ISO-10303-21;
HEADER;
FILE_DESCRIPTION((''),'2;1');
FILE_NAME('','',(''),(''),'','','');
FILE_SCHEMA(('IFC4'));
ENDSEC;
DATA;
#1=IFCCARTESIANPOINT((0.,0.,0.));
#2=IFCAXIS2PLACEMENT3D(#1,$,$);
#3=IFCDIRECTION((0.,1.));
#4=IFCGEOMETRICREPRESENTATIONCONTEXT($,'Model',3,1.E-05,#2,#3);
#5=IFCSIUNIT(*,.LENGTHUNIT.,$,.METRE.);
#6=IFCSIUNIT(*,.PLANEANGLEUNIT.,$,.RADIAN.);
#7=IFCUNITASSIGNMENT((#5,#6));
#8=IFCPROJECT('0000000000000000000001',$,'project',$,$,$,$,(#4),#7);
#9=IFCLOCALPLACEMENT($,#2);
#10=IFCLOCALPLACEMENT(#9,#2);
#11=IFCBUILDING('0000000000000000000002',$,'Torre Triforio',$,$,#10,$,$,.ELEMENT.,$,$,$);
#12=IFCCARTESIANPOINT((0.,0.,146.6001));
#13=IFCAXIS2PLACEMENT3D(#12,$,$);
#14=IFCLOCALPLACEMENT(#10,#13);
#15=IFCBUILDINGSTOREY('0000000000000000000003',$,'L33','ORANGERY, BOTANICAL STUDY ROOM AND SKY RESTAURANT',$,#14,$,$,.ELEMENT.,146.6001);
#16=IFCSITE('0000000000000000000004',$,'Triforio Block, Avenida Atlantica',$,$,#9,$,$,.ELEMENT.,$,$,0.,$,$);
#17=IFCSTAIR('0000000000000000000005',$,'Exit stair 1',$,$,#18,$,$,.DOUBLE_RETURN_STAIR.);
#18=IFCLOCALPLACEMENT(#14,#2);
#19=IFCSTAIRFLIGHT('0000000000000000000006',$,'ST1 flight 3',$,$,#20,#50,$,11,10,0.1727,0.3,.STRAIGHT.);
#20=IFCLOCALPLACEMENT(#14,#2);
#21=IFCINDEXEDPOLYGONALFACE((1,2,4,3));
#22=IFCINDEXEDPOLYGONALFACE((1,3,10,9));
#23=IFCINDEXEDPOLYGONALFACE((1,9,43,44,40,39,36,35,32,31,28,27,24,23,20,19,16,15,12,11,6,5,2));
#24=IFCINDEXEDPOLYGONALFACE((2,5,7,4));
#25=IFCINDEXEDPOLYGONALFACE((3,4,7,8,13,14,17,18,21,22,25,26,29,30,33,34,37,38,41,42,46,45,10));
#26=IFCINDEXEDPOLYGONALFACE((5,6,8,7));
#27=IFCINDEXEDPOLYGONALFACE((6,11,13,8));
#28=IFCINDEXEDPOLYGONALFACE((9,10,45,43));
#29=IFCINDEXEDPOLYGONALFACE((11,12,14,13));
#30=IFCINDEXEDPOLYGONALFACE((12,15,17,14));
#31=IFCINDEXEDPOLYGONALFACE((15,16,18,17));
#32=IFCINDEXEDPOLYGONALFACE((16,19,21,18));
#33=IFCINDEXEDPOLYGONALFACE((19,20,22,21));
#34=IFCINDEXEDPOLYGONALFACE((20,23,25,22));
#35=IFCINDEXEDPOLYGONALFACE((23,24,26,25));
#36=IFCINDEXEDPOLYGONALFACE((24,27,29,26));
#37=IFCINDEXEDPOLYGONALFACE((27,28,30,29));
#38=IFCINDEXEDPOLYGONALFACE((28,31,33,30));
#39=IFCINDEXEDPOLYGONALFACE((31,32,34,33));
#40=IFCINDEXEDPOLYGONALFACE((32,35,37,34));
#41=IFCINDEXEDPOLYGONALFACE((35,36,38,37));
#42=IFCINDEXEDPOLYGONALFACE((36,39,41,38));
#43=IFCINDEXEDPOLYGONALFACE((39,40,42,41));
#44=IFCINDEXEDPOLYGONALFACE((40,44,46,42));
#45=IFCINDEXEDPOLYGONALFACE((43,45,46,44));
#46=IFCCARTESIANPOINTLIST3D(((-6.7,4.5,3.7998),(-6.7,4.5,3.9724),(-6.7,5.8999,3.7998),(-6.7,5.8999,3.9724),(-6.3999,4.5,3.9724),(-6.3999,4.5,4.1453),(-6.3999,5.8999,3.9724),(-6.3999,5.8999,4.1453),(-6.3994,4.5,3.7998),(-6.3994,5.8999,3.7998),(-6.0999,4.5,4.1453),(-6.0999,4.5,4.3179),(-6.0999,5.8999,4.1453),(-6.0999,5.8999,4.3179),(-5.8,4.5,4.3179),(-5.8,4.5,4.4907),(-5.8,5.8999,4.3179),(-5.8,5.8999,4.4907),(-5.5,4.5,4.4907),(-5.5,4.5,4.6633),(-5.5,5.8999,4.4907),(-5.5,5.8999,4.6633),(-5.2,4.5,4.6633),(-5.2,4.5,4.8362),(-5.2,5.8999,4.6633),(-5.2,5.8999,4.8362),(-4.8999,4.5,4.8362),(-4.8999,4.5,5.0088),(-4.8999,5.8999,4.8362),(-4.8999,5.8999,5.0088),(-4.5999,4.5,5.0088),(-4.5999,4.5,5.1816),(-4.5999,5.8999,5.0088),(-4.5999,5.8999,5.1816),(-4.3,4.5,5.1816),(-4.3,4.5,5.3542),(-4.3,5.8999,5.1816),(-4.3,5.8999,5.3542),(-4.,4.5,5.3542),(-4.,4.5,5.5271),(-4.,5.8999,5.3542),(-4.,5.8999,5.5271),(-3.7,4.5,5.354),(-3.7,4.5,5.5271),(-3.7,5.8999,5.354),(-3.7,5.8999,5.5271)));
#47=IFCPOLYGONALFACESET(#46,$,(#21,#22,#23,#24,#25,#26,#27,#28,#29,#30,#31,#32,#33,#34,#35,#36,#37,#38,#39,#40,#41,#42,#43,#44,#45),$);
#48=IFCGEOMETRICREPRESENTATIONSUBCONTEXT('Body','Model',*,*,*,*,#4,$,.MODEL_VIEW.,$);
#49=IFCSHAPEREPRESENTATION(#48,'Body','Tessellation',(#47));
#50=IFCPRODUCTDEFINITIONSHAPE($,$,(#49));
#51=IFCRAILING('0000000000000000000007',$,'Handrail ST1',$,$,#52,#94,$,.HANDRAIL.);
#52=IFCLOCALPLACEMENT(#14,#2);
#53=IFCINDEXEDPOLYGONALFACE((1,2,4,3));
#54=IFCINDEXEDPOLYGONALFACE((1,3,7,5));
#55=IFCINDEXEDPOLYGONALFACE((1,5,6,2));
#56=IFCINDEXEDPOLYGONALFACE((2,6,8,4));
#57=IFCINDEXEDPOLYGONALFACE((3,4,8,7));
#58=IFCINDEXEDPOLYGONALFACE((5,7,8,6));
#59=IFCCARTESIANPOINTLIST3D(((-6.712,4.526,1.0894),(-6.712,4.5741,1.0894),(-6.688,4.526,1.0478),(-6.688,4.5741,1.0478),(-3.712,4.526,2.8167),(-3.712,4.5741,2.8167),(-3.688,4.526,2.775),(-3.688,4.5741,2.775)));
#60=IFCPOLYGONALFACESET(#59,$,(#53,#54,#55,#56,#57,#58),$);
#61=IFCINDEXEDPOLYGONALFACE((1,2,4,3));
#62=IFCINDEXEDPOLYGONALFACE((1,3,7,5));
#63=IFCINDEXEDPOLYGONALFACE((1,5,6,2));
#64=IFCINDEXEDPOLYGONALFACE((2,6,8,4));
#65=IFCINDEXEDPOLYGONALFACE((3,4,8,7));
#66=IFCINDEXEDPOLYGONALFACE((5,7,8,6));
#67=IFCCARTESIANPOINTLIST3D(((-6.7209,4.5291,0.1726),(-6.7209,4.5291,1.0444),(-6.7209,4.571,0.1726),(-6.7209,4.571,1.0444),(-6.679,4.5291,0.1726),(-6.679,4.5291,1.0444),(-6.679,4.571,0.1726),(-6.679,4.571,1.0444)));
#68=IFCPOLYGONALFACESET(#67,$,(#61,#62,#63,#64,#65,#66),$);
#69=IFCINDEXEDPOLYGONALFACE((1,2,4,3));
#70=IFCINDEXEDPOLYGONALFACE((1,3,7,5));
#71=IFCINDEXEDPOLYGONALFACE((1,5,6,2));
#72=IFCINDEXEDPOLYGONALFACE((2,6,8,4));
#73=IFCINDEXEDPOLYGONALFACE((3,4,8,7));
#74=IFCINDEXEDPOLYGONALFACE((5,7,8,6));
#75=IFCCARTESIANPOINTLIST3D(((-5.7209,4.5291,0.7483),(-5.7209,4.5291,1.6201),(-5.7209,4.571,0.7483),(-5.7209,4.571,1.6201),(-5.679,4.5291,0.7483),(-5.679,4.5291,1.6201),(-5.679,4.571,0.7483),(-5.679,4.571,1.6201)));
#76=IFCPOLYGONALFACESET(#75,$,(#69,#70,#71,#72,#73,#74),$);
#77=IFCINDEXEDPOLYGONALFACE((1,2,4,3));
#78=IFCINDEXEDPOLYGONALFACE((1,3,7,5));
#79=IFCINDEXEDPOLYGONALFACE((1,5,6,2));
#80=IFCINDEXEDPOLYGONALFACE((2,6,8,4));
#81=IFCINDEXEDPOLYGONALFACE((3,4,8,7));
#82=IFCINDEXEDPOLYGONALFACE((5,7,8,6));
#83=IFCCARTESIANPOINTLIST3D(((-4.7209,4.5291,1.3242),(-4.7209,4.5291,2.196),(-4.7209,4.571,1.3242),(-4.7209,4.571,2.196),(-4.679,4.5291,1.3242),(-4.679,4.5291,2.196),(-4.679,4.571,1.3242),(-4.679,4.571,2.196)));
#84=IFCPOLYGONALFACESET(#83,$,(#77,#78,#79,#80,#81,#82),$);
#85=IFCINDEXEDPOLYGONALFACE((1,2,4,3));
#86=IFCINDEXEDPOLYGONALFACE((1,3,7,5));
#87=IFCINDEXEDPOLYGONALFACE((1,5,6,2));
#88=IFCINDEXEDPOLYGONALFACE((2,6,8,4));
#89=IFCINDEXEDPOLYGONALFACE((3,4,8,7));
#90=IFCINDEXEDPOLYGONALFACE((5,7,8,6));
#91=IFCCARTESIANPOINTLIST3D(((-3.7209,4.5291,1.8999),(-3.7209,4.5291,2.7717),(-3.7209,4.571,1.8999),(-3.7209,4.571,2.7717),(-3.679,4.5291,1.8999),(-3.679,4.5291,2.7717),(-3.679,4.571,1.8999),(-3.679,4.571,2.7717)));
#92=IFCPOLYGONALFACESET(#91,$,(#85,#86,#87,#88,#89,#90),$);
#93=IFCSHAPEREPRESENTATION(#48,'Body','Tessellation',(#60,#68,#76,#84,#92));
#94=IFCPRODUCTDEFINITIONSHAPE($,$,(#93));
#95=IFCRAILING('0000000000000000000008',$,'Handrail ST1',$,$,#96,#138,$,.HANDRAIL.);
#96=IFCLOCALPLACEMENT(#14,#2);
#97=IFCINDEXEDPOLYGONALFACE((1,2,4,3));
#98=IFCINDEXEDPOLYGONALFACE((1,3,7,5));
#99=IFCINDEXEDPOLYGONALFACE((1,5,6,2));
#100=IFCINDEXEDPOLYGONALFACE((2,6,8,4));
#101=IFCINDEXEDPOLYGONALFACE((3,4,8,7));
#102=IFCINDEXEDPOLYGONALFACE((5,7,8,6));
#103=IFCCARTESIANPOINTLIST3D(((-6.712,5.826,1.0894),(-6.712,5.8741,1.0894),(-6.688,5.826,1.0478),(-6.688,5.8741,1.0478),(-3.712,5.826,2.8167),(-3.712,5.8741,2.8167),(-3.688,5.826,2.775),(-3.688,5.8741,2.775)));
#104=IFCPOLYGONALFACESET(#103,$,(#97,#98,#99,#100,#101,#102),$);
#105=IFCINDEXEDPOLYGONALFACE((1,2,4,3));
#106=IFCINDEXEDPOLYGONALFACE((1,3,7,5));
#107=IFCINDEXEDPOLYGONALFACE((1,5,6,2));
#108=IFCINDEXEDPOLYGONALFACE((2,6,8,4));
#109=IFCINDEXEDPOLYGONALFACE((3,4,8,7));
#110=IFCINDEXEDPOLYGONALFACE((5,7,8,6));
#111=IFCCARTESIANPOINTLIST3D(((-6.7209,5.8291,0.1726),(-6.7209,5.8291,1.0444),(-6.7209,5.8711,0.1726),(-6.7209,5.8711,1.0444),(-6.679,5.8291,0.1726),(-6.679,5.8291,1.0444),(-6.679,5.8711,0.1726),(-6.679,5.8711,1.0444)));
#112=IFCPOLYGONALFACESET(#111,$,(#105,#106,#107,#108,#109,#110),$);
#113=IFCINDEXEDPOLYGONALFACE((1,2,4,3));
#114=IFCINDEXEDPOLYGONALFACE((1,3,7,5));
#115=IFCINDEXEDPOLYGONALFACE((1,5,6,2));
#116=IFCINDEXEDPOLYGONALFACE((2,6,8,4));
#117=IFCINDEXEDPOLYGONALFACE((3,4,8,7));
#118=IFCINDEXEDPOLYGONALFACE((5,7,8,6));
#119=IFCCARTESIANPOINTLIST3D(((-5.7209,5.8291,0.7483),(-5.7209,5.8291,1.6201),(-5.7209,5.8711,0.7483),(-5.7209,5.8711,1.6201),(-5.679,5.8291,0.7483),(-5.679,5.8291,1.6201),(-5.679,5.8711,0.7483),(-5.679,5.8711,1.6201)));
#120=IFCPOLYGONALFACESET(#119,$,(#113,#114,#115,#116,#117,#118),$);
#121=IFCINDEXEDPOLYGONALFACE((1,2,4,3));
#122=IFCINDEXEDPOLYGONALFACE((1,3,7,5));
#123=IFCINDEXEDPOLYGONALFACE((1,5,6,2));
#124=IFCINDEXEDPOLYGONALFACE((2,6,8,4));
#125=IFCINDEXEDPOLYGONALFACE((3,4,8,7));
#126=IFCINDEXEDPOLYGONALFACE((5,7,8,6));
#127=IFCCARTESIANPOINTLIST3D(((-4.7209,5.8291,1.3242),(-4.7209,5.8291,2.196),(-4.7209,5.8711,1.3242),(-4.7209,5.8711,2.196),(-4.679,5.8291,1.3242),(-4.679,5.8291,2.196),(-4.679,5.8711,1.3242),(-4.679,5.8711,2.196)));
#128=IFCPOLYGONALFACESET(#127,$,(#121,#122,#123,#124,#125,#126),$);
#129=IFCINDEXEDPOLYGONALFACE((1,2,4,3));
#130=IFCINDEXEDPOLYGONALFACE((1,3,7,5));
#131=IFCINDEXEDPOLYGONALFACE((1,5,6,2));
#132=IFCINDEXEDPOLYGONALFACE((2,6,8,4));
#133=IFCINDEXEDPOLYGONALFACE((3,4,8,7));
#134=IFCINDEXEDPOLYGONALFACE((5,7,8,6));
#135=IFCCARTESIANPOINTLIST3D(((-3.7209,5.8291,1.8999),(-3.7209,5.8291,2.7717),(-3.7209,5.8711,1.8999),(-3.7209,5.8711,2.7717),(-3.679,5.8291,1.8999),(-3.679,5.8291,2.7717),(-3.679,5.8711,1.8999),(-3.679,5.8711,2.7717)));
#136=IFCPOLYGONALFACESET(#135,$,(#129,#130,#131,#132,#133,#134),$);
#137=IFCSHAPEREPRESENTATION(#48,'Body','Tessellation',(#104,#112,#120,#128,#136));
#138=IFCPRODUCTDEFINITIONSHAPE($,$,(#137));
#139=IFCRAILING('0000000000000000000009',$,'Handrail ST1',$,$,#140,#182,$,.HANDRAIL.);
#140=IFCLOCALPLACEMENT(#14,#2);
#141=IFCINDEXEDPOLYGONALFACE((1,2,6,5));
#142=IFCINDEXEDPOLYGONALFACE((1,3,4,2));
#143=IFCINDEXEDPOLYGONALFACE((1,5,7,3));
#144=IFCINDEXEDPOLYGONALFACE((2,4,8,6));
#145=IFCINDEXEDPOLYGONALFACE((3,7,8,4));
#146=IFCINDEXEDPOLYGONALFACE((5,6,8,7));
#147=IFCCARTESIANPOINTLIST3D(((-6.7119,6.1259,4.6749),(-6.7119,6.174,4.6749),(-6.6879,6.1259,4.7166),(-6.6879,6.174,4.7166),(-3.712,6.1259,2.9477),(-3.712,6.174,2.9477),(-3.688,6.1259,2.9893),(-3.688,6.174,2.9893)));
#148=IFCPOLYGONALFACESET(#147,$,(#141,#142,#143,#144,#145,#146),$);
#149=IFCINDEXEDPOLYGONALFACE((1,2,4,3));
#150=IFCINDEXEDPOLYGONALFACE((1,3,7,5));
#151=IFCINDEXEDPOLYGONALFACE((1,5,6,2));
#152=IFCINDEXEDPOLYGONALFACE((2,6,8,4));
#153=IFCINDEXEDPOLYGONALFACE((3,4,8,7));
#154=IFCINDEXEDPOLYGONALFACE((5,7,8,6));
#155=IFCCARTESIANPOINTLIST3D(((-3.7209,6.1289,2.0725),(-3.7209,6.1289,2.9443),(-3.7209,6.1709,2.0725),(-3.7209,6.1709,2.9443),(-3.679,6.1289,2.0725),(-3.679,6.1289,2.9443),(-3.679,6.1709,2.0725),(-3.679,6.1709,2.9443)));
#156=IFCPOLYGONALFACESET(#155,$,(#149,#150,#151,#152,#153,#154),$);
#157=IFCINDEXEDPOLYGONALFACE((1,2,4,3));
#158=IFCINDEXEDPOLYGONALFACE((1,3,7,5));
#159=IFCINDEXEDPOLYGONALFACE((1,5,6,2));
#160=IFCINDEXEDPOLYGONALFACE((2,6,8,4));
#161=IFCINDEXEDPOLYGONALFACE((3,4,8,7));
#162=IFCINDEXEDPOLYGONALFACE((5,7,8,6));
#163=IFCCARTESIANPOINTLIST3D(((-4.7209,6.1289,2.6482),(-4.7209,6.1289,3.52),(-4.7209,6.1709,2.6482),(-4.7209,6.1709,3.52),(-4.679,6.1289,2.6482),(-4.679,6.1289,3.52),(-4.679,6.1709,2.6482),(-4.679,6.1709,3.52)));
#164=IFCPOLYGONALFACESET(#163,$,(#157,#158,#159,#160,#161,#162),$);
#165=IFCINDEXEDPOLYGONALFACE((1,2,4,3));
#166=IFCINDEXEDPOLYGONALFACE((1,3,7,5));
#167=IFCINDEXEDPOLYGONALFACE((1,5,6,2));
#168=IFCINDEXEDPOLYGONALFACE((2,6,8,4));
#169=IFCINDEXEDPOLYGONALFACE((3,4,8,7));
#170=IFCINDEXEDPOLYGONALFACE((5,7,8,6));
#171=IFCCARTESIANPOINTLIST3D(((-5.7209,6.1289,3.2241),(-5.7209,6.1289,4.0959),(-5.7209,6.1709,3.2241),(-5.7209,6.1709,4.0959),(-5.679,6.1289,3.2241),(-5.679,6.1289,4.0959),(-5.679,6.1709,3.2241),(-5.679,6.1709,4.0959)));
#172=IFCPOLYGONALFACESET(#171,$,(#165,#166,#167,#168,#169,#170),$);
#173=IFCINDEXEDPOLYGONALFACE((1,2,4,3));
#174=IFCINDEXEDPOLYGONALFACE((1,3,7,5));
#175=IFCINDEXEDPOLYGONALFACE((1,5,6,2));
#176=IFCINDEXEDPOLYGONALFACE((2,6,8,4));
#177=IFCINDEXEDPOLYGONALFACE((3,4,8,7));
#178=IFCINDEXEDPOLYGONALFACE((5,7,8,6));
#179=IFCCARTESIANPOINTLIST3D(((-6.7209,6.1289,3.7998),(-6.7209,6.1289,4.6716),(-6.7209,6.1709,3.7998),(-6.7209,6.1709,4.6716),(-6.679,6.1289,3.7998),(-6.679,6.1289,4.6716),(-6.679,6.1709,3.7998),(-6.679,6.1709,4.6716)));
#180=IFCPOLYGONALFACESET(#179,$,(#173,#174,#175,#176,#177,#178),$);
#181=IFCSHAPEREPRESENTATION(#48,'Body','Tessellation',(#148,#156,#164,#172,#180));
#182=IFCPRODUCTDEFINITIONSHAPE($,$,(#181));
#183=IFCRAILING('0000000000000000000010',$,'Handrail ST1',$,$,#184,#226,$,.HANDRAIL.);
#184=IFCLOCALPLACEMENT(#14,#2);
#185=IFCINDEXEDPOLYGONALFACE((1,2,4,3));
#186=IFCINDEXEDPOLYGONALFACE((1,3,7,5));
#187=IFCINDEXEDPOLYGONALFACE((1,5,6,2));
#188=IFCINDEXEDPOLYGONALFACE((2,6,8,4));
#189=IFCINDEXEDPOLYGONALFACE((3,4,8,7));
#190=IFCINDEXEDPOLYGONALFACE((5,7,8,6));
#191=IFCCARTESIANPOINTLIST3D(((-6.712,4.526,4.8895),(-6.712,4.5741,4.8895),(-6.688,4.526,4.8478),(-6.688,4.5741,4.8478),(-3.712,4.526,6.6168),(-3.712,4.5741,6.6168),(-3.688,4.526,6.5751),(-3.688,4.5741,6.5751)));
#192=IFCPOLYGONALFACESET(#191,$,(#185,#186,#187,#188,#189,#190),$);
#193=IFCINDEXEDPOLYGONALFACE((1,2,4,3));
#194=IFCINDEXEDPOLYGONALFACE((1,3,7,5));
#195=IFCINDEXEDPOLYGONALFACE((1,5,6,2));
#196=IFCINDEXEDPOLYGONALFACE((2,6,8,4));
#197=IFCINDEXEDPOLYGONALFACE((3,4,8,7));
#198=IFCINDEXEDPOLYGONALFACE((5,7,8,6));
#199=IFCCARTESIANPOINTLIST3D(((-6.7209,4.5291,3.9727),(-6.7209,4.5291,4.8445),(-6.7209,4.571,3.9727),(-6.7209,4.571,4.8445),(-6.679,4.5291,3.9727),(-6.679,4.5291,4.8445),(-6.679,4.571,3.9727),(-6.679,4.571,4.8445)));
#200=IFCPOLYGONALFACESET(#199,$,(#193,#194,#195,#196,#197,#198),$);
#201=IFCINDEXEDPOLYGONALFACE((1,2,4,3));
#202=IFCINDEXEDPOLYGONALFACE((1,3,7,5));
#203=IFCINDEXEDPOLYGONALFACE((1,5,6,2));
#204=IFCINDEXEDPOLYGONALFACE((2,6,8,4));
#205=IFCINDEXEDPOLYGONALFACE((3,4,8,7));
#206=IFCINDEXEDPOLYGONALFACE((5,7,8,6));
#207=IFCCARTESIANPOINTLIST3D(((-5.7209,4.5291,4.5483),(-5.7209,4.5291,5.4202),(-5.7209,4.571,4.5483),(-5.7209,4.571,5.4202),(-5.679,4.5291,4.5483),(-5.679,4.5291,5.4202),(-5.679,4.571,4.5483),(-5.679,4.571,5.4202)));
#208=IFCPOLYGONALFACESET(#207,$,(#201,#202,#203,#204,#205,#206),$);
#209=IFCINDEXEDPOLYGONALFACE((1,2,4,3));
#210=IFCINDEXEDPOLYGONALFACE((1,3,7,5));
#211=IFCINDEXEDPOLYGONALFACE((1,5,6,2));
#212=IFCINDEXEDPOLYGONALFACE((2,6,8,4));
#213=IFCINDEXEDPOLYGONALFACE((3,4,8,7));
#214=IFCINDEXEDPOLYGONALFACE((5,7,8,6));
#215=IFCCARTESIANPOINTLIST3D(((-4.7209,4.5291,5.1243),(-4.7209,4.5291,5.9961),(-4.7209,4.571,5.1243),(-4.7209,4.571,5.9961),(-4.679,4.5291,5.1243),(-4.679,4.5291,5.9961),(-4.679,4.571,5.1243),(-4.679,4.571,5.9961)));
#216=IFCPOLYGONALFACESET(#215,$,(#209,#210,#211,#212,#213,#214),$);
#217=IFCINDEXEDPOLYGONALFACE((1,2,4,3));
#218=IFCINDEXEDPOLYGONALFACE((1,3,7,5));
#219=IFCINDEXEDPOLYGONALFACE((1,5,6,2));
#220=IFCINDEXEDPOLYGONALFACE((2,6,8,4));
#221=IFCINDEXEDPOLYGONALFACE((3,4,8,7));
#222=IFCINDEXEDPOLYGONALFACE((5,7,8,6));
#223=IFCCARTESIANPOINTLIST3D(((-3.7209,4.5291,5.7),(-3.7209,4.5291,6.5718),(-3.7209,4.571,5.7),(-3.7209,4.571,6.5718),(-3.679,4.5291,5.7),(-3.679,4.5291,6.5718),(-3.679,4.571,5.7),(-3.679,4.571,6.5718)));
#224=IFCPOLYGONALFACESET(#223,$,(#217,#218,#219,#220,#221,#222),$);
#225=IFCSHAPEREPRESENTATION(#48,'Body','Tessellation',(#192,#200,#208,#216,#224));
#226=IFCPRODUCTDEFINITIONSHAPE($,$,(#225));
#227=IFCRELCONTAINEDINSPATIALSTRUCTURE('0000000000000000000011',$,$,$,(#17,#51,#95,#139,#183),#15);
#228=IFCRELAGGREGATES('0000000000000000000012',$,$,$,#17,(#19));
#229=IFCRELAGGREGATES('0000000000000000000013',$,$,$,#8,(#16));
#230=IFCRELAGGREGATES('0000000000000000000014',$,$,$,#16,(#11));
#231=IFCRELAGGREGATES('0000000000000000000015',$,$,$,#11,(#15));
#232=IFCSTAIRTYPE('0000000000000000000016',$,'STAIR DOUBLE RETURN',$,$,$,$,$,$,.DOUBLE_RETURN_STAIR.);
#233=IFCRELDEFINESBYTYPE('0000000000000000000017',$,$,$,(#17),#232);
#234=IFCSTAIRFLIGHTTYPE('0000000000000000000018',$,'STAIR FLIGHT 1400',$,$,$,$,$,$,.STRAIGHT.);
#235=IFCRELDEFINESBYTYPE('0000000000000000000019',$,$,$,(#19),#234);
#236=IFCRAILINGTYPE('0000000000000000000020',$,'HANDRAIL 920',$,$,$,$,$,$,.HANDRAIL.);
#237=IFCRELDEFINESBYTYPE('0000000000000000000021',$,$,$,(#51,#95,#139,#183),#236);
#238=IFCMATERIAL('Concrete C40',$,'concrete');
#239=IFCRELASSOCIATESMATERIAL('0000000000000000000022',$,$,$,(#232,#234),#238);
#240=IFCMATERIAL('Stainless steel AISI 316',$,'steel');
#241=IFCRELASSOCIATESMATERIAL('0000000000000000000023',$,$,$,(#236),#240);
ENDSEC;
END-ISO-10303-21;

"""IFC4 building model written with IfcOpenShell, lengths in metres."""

from ifc_helpers import new_model, si_unit, direction, frame, origin, origin_2d, place, context, subcontext, project, spatial, polyline, rectangle, outline, extrude, material, type_object, element, aggregate, save


model = new_model("IFC4")

# Units and contexts
model_context = context("Model", 3, precision=1e-05, world=origin(), true_north=direction((0.0, 1.0)))
body_context = subcontext(model_context, "Body", "Model", "MODEL_VIEW")
ifc_project = project(units=[si_unit("LENGTHUNIT", "METRE"), si_unit("PLANEANGLEUNIT", "RADIAN")], contexts=[model_context])

# Site, building, storey
site_placement = place(None, origin())
site = spatial("IfcSite", under=ifc_project, at=site_placement, Name="Triforio Block, Avenida Atlantica", CompositionType="ELEMENT", RefElevation=0.0)
building_placement = place(site_placement, origin())
building = spatial("IfcBuilding", under=site, at=building_placement, Name="Torre Triforio", CompositionType="ELEMENT")
storey_placement = place(building_placement, frame((0.0, 0.0, 146.6001)))
storey = spatial("IfcBuildingStorey", under=building, at=storey_placement, Name="L33", Description="ORANGERY, BOTANICAL STUDY ROOM AND SKY RESTAURANT", CompositionType="ELEMENT", Elevation=146.6001)

# Stair, stair flight
ifc_material_1 = material(Name="Concrete C40", Category="concrete")
stair_type = type_object("IfcStairType", Name="STAIR DOUBLE RETURN", PredefinedType="DOUBLE_RETURN_STAIR", material=ifc_material_1)
stair_placement = place(storey_placement, origin())
stair = element("IfcStair", 1, at=stair_placement, inside=storey, type_object=stair_type, Name="Exit stair 1", PredefinedType="DOUBLE_RETURN_STAIR")
stair_flight_type = type_object("IfcStairFlightType", Name="STAIR FLIGHT 1400", PredefinedType="STRAIGHT", material=ifc_material_1)
stair_flight_1_placement = place(storey_placement, frame((-6.7, 5.2, 3.7998), z_axis=(0.0, 0.0, 1.0), x_axis=(1.0, 0.0, 0.0)))
stair_flight_1 = element("IfcStairFlight", 2, at=stair_flight_1_placement, type_object=stair_flight_type, Name="ST1 flight 3", NumberOfRisers=11, NumberOfTreads=10, PredefinedType="STRAIGHT", RiserHeight=0.1727, TreadLength=0.3, context=body_context, shape_type="SweptSolid", body=[
    extrude(outline(polyline([(0.0, 0.0), (0.0, 0.1726), (0.3, 0.1726), (0.3, 0.3455), (0.6001, 0.3455), (0.6001, 0.5181), (0.8999, 0.5181), (0.8999, 0.6909), (1.2, 0.6909), (1.2, 0.8635), (1.5, 0.8635), (1.5, 1.0364), (1.8, 1.0364), (1.8, 1.209), (2.1001, 1.209), (2.1001, 1.3818), (2.3999, 1.3818), (2.3999, 1.5544), (2.7, 1.5544), (2.7, 1.7273), (3.0, 1.7273), (3.0, 1.8999), (3.0, 1.5542), (0.3005, 0.0), (0.0, 0.0)])), frame((0.0, 0.7, 0.0), z_axis=(0.0, -1.0, 0.0), x_axis=(1.0, 0.0, 0.0)), (0.0, 0.0, 1.0), 1.3999),
])
aggregate(stair, [stair_flight_1])

# Railings
ifc_material_2 = material(Name="Stainless steel AISI 316", Category="steel")
railing_type = type_object("IfcRailingType", Name="HANDRAIL 920", PredefinedType="HANDRAIL", material=ifc_material_2)
for number, where, name in (
    (3, (-6.7, 4.55, 0.1726), "Handrail ST1"),
    (4, (-6.7, 5.8501, 0.1726), "Handrail ST1"),
):
    element("IfcRailing", number, at=place(storey_placement, frame(where)), inside=storey, type_object=railing_type, Name=name, PredefinedType="HANDRAIL", context=body_context, shape_type="SweptSolid", body=[
        extrude(rectangle(XDim=0.0481, YDim=0.0481, at=origin_2d()), frame((0.0, 0.0, 0.896), z_axis=(0.86662, 0.0, 0.498969), x_axis=(0.0, 1.0, 0.0)), (0.0, 0.0, 1.0), 3.4617),
        extrude(rectangle(XDim=0.042, YDim=0.042, at=origin_2d()), origin(), (0.0, 0.0, 1.0), 0.8718),
        extrude(rectangle(XDim=0.042, YDim=0.042, at=origin_2d()), frame((1.0, 0.0, 0.5757)), (0.0, 0.0, 1.0), 0.8718),
        extrude(rectangle(XDim=0.042, YDim=0.042, at=origin_2d()), frame((2.0, 0.0, 1.1516)), (0.0, 0.0, 1.0), 0.8718),
        extrude(rectangle(XDim=0.042, YDim=0.042, at=origin_2d()), frame((3.0, 0.0, 1.7273)), (0.0, 0.0, 1.0), 0.8718),
    ])
railing_1_placement = place(storey_placement, frame((-3.7, 6.1499, 2.0725)))
element("IfcRailing", 5, at=railing_1_placement, inside=storey, type_object=railing_type, Name="Handrail ST1", PredefinedType="HANDRAIL", context=body_context, shape_type="SweptSolid", body=[
    extrude(rectangle(XDim=0.0481, YDim=0.0481, at=origin_2d()), frame((0.0, 0.0, 0.896), z_axis=(-0.86662, 0.0, 0.498969), x_axis=(0.0, -1.0, 0.0)), (0.0, 0.0, 1.0), 3.4617),
    extrude(rectangle(XDim=0.042, YDim=0.042, at=origin_2d()), origin(), (0.0, 0.0, 1.0), 0.8718),
    extrude(rectangle(XDim=0.042, YDim=0.042, at=origin_2d()), frame((-1.0, 0.0, 0.5757)), (0.0, 0.0, 1.0), 0.8718),
    extrude(rectangle(XDim=0.042, YDim=0.042, at=origin_2d()), frame((-2.0, 0.0, 1.1516)), (0.0, 0.0, 1.0), 0.8718),
    extrude(rectangle(XDim=0.042, YDim=0.042, at=origin_2d()), frame((-3.0, 0.0, 1.7273)), (0.0, 0.0, 1.0), 0.8718),
])
for number, where, name in (
    (6, (-6.7, 4.55, 3.9727), "Handrail ST1"),
):
    element("IfcRailing", number, at=place(storey_placement, frame(where)), inside=storey, type_object=railing_type, Name=name, PredefinedType="HANDRAIL", context=body_context, shape_type="SweptSolid", body=[
        extrude(rectangle(XDim=0.0481, YDim=0.0481, at=origin_2d()), frame((0.0, 0.0, 0.896), z_axis=(0.86662, 0.0, 0.498969), x_axis=(0.0, 1.0, 0.0)), (0.0, 0.0, 1.0), 3.4617),
        extrude(rectangle(XDim=0.042, YDim=0.042, at=origin_2d()), origin(), (0.0, 0.0, 1.0), 0.8718),
        extrude(rectangle(XDim=0.042, YDim=0.042, at=origin_2d()), frame((1.0, 0.0, 0.5757)), (0.0, 0.0, 1.0), 0.8718),
        extrude(rectangle(XDim=0.042, YDim=0.042, at=origin_2d()), frame((2.0, 0.0, 1.1516)), (0.0, 0.0, 1.0), 0.8718),
        extrude(rectangle(XDim=0.042, YDim=0.042, at=origin_2d()), frame((3.0, 0.0, 1.7273)), (0.0, 0.0, 1.0), 0.8718),
    ])

save(model, "model.ifc")
